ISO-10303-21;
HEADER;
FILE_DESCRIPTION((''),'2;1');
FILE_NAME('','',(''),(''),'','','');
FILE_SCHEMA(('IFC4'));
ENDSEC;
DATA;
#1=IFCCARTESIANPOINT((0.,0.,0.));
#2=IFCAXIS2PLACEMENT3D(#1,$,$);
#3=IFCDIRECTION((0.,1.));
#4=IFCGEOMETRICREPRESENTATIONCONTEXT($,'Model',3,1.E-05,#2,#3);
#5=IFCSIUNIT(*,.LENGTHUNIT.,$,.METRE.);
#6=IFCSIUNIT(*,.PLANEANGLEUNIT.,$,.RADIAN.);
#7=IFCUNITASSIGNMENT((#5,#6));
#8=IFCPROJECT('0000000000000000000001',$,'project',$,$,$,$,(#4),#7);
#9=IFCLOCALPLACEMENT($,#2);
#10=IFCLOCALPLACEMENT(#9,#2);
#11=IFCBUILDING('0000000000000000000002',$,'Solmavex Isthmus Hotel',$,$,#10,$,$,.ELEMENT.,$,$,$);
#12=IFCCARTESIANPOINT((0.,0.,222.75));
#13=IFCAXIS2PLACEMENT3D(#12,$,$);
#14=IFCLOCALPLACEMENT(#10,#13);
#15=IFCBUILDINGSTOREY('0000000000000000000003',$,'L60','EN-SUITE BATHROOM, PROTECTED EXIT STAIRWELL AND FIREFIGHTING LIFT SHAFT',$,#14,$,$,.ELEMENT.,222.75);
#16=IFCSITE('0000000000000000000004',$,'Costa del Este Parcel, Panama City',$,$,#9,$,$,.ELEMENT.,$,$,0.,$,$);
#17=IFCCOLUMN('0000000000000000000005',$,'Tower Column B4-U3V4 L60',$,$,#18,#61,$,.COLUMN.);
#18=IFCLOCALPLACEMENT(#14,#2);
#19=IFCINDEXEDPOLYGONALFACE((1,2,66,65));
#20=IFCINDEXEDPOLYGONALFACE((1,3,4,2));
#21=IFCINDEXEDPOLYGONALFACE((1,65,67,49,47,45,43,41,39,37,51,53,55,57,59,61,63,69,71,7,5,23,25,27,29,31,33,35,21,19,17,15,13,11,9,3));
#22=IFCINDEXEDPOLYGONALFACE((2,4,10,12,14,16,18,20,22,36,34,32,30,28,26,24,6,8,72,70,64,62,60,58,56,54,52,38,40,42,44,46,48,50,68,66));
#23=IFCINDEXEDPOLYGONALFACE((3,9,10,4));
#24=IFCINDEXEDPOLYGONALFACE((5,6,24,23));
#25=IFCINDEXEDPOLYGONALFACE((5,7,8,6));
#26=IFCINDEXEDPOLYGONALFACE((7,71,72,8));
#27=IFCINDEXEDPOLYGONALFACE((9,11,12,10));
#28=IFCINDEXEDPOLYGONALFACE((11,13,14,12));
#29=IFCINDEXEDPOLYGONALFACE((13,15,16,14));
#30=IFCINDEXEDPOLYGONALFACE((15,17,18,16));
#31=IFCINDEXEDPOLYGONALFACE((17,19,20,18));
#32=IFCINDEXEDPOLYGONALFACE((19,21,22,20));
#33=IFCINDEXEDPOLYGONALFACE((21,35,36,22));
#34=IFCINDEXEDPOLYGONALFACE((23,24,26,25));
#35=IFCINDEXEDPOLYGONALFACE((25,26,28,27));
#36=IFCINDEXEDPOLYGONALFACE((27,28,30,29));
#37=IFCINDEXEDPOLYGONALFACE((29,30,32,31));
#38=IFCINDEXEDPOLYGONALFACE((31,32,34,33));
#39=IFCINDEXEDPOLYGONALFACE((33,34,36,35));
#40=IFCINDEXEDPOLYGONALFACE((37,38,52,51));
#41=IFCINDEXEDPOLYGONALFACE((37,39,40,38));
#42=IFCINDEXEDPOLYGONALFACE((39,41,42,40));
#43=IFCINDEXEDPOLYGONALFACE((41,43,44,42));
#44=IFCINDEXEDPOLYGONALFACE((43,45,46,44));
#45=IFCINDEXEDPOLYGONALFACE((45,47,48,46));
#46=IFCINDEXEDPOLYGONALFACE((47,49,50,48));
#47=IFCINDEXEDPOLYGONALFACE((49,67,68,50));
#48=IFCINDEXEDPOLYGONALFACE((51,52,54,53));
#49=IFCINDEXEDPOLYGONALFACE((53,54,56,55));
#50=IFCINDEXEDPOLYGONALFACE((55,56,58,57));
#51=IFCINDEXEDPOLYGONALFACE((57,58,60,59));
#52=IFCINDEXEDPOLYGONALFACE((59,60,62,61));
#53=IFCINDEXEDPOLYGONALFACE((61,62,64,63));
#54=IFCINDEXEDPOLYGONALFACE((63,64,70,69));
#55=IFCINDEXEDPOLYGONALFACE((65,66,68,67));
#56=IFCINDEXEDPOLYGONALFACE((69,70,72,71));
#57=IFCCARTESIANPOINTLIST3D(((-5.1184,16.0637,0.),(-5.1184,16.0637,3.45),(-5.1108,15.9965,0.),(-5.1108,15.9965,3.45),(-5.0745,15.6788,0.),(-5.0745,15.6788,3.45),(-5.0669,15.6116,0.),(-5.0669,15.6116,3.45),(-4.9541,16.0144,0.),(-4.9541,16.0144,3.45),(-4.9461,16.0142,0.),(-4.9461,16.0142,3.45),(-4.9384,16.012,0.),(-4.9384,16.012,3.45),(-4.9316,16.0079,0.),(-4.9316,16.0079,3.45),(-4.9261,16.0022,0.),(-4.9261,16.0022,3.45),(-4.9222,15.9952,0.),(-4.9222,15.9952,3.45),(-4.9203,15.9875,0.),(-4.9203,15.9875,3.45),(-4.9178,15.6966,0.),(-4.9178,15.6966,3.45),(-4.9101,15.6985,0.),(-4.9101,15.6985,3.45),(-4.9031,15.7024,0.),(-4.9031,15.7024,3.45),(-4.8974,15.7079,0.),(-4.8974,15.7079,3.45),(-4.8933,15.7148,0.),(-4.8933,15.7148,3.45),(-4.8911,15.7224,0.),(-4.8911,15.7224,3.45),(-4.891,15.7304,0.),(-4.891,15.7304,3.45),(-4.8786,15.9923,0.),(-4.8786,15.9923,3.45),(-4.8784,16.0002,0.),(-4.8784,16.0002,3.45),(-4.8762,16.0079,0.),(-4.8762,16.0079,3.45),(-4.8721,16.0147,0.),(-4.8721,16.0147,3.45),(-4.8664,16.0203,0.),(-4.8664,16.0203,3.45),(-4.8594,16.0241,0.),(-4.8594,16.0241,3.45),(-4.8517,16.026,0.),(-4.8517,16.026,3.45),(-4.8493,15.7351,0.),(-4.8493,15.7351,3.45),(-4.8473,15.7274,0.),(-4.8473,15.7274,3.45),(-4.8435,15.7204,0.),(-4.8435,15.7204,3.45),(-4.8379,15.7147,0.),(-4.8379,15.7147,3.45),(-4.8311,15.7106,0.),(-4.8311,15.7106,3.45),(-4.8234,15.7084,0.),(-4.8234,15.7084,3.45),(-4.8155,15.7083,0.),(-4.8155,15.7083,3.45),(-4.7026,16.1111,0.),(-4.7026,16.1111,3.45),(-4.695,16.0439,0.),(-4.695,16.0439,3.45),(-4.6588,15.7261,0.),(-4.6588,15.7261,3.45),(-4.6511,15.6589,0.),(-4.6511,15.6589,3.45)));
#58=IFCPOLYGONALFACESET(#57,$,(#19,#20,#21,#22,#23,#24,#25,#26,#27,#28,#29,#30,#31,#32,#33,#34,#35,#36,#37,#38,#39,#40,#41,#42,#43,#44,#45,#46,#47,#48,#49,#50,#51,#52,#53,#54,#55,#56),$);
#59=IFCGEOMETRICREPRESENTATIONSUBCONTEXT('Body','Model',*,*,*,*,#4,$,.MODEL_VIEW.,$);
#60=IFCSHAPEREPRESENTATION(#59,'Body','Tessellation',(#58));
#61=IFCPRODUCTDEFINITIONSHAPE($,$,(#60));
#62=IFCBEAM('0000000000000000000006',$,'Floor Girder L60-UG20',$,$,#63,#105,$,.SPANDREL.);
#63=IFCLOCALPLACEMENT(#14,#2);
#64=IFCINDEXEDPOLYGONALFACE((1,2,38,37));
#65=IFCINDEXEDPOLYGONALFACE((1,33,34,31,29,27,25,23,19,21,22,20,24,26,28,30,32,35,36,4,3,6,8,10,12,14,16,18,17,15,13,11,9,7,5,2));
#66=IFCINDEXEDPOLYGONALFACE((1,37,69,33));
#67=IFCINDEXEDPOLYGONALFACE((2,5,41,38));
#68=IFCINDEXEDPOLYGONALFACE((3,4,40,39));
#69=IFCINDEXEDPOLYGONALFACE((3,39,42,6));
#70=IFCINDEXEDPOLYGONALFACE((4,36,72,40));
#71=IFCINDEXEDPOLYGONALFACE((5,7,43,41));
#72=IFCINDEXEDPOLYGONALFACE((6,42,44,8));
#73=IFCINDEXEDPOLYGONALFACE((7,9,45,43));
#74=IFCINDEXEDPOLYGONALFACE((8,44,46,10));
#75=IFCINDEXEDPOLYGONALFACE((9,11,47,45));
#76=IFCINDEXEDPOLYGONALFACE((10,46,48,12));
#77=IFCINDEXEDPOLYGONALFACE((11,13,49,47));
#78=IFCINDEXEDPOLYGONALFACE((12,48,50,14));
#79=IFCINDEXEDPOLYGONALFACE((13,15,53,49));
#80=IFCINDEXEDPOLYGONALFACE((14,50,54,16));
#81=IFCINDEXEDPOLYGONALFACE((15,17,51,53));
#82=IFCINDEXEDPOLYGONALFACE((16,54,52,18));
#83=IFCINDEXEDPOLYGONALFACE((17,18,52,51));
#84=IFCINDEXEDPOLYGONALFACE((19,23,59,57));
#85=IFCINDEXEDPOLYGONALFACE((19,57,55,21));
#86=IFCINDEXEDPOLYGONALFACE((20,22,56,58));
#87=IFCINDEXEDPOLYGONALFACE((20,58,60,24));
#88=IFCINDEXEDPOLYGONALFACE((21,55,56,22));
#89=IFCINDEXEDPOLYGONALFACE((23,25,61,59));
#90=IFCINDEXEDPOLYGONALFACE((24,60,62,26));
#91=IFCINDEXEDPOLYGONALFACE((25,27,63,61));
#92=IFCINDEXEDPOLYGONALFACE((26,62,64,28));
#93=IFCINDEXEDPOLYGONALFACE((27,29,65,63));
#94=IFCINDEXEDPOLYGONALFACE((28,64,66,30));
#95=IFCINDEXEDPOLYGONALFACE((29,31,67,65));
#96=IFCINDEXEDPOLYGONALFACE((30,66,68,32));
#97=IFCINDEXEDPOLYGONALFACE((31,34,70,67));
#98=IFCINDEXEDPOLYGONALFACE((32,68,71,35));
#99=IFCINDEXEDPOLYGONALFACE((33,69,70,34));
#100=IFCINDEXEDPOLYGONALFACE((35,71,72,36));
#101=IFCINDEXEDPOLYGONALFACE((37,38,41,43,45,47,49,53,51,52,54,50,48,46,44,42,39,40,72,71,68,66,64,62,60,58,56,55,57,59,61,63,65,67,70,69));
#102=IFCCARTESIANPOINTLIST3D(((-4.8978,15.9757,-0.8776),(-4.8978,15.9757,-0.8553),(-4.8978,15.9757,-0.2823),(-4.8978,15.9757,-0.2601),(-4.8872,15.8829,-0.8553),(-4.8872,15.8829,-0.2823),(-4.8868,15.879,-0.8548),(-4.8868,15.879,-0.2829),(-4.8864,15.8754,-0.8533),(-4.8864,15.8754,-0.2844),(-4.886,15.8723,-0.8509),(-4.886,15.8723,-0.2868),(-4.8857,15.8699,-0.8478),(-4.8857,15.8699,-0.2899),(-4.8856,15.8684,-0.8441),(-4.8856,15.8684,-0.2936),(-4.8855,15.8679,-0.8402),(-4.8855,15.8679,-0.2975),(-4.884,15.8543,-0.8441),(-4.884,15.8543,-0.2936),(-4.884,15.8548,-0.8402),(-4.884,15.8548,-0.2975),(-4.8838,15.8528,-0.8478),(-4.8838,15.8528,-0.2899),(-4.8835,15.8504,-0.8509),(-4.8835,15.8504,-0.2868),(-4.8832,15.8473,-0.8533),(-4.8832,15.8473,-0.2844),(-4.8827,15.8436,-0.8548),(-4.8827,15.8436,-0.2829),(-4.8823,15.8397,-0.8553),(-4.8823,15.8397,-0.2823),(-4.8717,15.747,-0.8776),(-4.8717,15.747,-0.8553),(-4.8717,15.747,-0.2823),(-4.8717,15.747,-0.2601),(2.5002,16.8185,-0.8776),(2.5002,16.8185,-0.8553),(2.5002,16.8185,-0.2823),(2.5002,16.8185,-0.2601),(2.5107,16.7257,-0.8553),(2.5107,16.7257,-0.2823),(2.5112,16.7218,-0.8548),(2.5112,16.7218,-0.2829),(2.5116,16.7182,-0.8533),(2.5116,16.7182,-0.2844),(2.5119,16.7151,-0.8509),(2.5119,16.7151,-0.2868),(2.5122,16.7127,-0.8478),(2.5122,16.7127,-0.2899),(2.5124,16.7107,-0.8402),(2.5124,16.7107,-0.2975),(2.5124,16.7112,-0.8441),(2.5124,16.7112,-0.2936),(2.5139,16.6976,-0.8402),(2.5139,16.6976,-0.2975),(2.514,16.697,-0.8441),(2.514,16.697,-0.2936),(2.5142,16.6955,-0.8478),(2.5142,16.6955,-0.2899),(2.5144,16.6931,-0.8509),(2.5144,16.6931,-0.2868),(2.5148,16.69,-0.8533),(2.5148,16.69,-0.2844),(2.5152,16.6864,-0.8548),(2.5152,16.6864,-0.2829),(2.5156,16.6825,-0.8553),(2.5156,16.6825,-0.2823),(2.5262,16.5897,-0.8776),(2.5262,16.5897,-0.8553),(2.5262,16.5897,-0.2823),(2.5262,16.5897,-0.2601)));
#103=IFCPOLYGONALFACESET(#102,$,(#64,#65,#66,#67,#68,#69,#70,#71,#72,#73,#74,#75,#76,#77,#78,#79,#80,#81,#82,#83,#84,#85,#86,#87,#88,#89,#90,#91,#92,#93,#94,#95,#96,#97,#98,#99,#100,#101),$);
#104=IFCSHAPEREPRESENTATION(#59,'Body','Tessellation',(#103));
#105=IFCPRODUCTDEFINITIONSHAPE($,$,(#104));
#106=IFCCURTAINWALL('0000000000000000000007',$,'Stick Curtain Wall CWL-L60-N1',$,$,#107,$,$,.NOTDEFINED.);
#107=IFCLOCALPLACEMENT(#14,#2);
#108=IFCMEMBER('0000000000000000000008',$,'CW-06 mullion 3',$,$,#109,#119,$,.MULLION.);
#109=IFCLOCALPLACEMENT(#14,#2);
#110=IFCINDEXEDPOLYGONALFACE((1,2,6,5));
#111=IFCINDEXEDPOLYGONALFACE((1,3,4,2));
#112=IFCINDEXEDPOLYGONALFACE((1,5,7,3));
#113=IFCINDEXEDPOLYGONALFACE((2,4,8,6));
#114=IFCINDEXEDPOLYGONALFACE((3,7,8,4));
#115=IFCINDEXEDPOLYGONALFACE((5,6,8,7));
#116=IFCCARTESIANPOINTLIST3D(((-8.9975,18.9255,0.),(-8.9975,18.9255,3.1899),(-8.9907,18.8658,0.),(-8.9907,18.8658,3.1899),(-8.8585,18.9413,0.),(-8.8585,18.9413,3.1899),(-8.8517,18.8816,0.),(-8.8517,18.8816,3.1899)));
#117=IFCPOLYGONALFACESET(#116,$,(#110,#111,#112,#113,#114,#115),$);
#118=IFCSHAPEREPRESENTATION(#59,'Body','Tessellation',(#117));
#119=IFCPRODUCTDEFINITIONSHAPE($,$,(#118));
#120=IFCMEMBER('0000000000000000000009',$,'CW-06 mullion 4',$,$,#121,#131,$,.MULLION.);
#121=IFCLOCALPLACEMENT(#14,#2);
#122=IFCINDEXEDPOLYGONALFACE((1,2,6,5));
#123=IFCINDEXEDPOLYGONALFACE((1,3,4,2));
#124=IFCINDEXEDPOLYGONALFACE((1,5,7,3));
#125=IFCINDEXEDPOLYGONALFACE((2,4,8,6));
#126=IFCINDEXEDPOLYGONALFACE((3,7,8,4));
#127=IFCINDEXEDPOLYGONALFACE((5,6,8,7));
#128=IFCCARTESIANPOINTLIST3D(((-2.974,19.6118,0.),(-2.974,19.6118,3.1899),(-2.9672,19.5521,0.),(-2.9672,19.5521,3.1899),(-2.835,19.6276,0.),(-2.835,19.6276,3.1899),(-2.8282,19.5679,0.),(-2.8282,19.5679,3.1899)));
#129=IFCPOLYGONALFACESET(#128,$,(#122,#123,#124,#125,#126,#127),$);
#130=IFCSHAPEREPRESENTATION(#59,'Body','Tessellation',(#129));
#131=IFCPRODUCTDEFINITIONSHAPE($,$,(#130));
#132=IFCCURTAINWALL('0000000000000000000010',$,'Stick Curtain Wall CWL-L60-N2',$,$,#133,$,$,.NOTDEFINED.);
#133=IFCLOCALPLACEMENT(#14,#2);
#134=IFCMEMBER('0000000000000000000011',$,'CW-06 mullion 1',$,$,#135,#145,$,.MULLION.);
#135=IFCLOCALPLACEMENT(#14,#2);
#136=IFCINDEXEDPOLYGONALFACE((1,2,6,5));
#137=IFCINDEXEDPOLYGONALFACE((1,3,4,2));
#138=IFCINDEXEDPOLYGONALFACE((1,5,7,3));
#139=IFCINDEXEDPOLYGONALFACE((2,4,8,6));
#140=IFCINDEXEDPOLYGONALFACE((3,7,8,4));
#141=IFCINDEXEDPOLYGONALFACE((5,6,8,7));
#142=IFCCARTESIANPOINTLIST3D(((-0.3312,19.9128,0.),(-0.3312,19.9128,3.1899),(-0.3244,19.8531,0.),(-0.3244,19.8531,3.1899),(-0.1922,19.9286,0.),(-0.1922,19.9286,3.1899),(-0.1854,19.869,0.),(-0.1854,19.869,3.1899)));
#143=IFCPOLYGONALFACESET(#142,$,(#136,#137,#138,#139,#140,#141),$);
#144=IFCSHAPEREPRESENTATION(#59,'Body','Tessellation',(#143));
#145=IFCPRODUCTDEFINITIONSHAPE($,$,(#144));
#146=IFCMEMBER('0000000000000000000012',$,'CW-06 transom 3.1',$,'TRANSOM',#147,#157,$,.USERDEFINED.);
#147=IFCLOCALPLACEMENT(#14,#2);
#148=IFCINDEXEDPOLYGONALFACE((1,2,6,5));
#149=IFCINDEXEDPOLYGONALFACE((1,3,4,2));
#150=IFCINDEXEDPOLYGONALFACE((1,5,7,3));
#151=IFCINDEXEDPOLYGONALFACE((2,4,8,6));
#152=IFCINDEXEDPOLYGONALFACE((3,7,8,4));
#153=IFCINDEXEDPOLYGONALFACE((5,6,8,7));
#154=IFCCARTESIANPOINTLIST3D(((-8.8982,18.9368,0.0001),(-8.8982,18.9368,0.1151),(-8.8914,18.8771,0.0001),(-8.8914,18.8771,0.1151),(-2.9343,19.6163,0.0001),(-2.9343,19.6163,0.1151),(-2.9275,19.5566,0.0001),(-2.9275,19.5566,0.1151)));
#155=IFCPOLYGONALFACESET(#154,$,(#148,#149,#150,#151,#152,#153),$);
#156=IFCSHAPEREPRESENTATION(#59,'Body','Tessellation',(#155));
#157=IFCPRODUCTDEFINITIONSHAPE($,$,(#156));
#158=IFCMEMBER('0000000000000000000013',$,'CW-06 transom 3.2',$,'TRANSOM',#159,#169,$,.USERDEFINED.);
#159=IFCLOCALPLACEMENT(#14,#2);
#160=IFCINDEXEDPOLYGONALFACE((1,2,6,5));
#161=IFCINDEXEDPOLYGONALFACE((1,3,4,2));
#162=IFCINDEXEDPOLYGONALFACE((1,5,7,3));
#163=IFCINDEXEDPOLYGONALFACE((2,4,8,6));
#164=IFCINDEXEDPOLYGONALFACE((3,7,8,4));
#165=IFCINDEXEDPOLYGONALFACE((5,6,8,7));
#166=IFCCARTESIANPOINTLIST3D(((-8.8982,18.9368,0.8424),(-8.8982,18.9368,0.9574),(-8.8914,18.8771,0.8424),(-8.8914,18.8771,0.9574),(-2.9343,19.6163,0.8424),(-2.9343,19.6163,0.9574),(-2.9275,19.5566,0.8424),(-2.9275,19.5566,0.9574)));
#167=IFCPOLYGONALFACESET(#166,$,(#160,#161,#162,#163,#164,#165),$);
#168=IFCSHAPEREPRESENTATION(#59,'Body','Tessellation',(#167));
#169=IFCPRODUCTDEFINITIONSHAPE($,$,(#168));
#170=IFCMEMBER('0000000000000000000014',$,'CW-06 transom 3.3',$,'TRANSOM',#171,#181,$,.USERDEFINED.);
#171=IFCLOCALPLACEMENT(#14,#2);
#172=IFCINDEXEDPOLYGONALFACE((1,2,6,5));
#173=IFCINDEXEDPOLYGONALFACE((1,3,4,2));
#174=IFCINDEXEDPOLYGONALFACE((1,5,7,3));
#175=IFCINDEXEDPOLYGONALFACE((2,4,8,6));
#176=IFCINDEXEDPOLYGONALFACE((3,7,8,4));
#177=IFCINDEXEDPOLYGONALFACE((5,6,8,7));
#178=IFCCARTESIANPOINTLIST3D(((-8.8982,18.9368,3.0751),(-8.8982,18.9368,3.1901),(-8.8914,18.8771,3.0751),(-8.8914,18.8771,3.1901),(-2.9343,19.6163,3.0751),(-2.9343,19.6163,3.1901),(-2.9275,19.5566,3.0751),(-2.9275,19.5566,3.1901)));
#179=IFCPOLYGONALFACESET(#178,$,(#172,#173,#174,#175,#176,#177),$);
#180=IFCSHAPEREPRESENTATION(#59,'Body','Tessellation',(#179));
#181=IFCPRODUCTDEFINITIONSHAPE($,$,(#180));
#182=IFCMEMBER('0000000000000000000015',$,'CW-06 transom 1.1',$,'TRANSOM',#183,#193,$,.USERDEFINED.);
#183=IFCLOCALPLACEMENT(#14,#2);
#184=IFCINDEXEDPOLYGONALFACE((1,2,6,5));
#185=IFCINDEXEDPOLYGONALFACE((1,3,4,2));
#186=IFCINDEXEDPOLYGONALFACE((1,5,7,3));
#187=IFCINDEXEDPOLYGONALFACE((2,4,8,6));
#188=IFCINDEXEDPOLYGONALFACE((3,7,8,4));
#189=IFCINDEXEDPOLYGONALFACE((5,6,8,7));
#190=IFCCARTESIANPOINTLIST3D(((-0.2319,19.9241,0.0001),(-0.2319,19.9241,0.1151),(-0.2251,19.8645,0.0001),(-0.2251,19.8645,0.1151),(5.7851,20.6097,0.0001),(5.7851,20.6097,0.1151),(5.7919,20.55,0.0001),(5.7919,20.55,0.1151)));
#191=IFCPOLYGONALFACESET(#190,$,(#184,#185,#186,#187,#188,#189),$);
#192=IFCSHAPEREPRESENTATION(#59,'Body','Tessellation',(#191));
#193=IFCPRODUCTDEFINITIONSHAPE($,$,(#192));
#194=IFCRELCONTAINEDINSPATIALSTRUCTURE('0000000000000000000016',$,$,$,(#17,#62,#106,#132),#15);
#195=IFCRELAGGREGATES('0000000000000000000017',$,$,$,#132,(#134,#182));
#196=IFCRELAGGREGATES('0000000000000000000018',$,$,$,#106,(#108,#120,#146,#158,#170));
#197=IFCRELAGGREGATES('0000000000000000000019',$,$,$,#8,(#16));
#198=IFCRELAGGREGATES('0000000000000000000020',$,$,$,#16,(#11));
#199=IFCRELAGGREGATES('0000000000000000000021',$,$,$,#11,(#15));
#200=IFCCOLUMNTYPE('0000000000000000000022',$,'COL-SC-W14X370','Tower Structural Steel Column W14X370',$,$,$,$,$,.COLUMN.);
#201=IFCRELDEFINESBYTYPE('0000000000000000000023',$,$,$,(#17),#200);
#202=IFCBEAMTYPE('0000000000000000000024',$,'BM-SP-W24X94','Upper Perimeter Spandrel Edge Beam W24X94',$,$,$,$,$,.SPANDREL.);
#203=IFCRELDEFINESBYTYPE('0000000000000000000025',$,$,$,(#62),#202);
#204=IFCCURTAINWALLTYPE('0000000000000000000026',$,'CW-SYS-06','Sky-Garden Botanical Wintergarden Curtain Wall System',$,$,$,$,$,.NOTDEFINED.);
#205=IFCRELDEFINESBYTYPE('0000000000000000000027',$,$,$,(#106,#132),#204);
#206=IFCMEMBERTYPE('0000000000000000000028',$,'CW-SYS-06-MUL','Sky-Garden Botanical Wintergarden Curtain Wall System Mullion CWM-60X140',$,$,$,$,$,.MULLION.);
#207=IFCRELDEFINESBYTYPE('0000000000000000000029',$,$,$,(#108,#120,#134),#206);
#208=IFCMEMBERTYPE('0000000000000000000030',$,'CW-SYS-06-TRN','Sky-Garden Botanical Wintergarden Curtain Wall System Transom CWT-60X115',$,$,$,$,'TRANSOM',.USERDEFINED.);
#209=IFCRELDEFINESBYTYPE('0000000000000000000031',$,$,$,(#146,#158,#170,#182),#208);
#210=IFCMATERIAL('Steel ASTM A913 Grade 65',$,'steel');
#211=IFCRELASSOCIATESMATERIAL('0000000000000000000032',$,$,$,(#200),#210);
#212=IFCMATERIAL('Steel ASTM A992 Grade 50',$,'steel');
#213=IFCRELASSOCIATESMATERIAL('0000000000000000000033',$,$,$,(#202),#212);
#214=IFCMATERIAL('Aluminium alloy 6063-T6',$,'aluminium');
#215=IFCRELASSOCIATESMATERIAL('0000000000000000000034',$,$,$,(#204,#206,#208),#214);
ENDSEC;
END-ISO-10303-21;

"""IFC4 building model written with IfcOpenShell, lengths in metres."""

from ifc_helpers import new_model, si_unit, direction, frame, origin, origin_2d, place, context, subcontext, project, spatial, rectangle, i_section, extrude, material, material_profile, profile_set, type_object, element, aggregate, save


model = new_model("IFC4")

# Units and contexts
model_context = context("Model", 3, precision=1e-05, world=origin(), true_north=direction((0.0, 1.0)))
body_context = subcontext(model_context, "Body", "Model", "MODEL_VIEW")
ifc_project = project(units=[si_unit("LENGTHUNIT", "METRE"), si_unit("PLANEANGLEUNIT", "RADIAN")], contexts=[model_context])

# Site, building, storey
site_placement = place(None, origin())
site = spatial("IfcSite", under=ifc_project, at=site_placement, Name="Costa del Este Parcel, Panama City", CompositionType="ELEMENT", RefElevation=0.0)
building_placement = place(site_placement, origin())
building = spatial("IfcBuilding", under=site, at=building_placement, Name="Solmavex Isthmus Hotel", CompositionType="ELEMENT")
storey_placement = place(building_placement, frame((0.0, 0.0, 222.75)))
storey = spatial("IfcBuildingStorey", under=building, at=storey_placement, Name="L60", Description="EN-SUITE BATHROOM, PROTECTED EXIT STAIRWELL AND FIREFIGHTING LIFT SHAFT", CompositionType="ELEMENT", Elevation=222.75)

# Column
ifc_material_1 = material(Name="Steel ASTM A913 Grade 65", Category="steel")
ifc_material_profile_1 = material_profile(ifc_material_1, i_section(OverallWidth=0.4185, OverallDepth=0.4551, WebThickness=0.042, FlangeThickness=0.0676, FilletRadius=0.0305, at=origin_2d()), Name="W14X370")
ifc_profile_set_1 = profile_set([ifc_material_profile_1], Name="Steel ASTM A913 Grade 65")
column_type = type_object("IfcColumnType", Name="COL-SC-W14X370", Description="Tower Structural Steel Column W14X370", PredefinedType="COLUMN", material=ifc_profile_set_1)
column_placement = place(storey_placement, frame((-4.8848, 15.8613, 0.0), z_axis=(0.0, 0.0, 1.0), x_axis=(0.993572, 0.113203, 0.0)))
element("IfcColumn", 1, at=column_placement, inside=storey, type_object=column_type, Name="Tower Column B4-U3V4 L60", PredefinedType="COLUMN", context=body_context, shape_type="SweptSolid", body=[
    extrude(i_section(OverallWidth=0.4185, OverallDepth=0.4551, WebThickness=0.042, FlangeThickness=0.0676, FilletRadius=0.0305, at=origin_2d()), origin(), (0.0, 0.0, 1.0), 3.45),
])

# Beam
ifc_material_2 = material(Name="Steel ASTM A992 Grade 50", Category="steel")
ifc_material_profile_2 = material_profile(ifc_material_2, i_section(OverallWidth=0.2302, OverallDepth=0.6174, WebThickness=0.0132, FlangeThickness=0.0222, FilletRadius=0.0151, at=origin_2d()), Name="W24X94")
ifc_profile_set_2 = profile_set([ifc_material_profile_2], Name="Steel ASTM A992 Grade 50")
beam_type = type_object("IfcBeamType", Name="BM-SP-W24X94", Description="Upper Perimeter Spandrel Edge Beam W24X94", PredefinedType="SPANDREL", material=ifc_profile_set_2)
beam_placement = place(storey_placement, frame((-4.8848, 15.8613, -0.5688), z_axis=(0.993574, 0.113188, 0.0), x_axis=(-0.113188, 0.993574, 0.0)))
element("IfcBeam", 2, at=beam_placement, inside=storey, type_object=beam_type, Name="Floor Girder L60-UG20", PredefinedType="SPANDREL", context=body_context, shape_type="SweptSolid", body=[
    extrude(i_section(OverallWidth=0.2302, OverallDepth=0.6174, WebThickness=0.0132, FlangeThickness=0.0222, FilletRadius=0.0151, at=origin_2d()), origin(), (0.0, 0.0, 1.0), 7.4458),
])

# Curtain wall, members
ifc_material_3 = material(Name="Aluminium alloy 6063-T6", Category="aluminium")
curtain_wall_type = type_object("IfcCurtainWallType", Name="CW-SYS-06", Description="Sky-Garden Botanical Wintergarden Curtain Wall System", PredefinedType="NOTDEFINED", material=ifc_material_3)
curtain_wall_1_placement = place(storey_placement, origin())
curtain_wall_1 = element("IfcCurtainWall", 3, at=curtain_wall_1_placement, inside=storey, type_object=curtain_wall_type, Name="Stick Curtain Wall CWL-L60-N1", PredefinedType="NOTDEFINED")
ifc_material_profile_3 = material_profile(ifc_material_3, rectangle(XDim=0.0601, YDim=0.1399, at=origin_2d()), Name="CWM-60X140")
ifc_profile_set_3 = profile_set([ifc_material_profile_3], Name="Aluminium alloy 6063-T6")
member_type_1 = type_object("IfcMemberType", Name="CW-SYS-06-MUL", Description="Sky-Garden Botanical Wintergarden Curtain Wall System Mullion CWM-60X140", PredefinedType="MULLION", material=ifc_profile_set_3)
member_1_placement = place(storey_placement, frame((-8.9246, 18.9036, 0.0), z_axis=(0.0, 0.0, 1.0), x_axis=(-0.113203, 0.993572, 0.0)))
member_1 = element("IfcMember", 4, at=member_1_placement, type_object=member_type_1, Name="CW-06 mullion 3", PredefinedType="MULLION", context=body_context, shape_type="SweptSolid", body=[
    extrude(rectangle(XDim=0.0601, YDim=0.1399, at=origin_2d()), origin(), (0.0, 0.0, 1.0), 3.1899),
])
member_2_placement = place(storey_placement, frame((-2.9011, 19.5898, 0.0), z_axis=(0.0, 0.0, 1.0), x_axis=(-0.113203, 0.993572, 0.0)))
member_2 = element("IfcMember", 5, at=member_2_placement, type_object=member_type_1, Name="CW-06 mullion 4", PredefinedType="MULLION", context=body_context, shape_type="SweptSolid", body=[
    extrude(rectangle(XDim=0.0601, YDim=0.1399, at=origin_2d()), origin(), (0.0, 0.0, 1.0), 3.1899),
])

# Curtain wall, member
curtain_wall_2_placement = place(storey_placement, origin())
curtain_wall_2 = element("IfcCurtainWall", 6, at=curtain_wall_2_placement, inside=storey, type_object=curtain_wall_type, Name="Stick Curtain Wall CWL-L60-N2", PredefinedType="NOTDEFINED")
member_3_placement = place(storey_placement, frame((-0.2583, 19.8909, 0.0), z_axis=(0.0, 0.0, 1.0), x_axis=(-0.113203, 0.993572, 0.0)))
member_3 = element("IfcMember", 7, at=member_3_placement, type_object=member_type_1, Name="CW-06 mullion 1", PredefinedType="MULLION", context=body_context, shape_type="SweptSolid", body=[
    extrude(rectangle(XDim=0.0601, YDim=0.1399, at=origin_2d()), origin(), (0.0, 0.0, 1.0), 3.1899),
])

# Members
ifc_material_profile_4 = material_profile(ifc_material_3, rectangle(XDim=0.0601, YDim=0.115, at=origin_2d()), Name="CWT-60X115")
ifc_profile_set_4 = profile_set([ifc_material_profile_4], Name="Aluminium alloy 6063-T6")
member_type_2 = type_object("IfcMemberType", Name="CW-SYS-06-TRN", Description="Sky-Garden Botanical Wintergarden Curtain Wall System Transom CWT-60X115", ElementType="TRANSOM", PredefinedType="USERDEFINED", material=ifc_profile_set_4)
member_4_placement = place(storey_placement, frame((-8.8948, 18.907, 0.0576), z_axis=(0.993573, 0.113194, 0.0), x_axis=(-0.113194, 0.993573, 0.0)))
member_4 = element("IfcMember", 8, at=member_4_placement, type_object=member_type_2, Name="CW-06 transom 3.1", ObjectType="TRANSOM", PredefinedType="USERDEFINED", context=body_context, shape_type="SweptSolid", body=[
    extrude(rectangle(XDim=0.0601, YDim=0.115, at=origin_2d()), origin(), (0.0, 0.0, 1.0), 6.0024),
])
member_5_placement = place(storey_placement, frame((-8.8948, 18.907, 0.8999), z_axis=(0.993573, 0.113194, 0.0), x_axis=(-0.113194, 0.993573, 0.0)))
member_5 = element("IfcMember", 9, at=member_5_placement, type_object=member_type_2, Name="CW-06 transom 3.2", ObjectType="TRANSOM", PredefinedType="USERDEFINED", context=body_context, shape_type="SweptSolid", body=[
    extrude(rectangle(XDim=0.0601, YDim=0.115, at=origin_2d()), origin(), (0.0, 0.0, 1.0), 6.0024),
])
member_6_placement = place(storey_placement, frame((-8.8948, 18.907, 3.1326), z_axis=(0.993573, 0.113194, 0.0), x_axis=(-0.113194, 0.993573, 0.0)))
member_6 = element("IfcMember", 10, at=member_6_placement, type_object=member_type_2, Name="CW-06 transom 3.3", ObjectType="TRANSOM", PredefinedType="USERDEFINED", context=body_context, shape_type="SweptSolid", body=[
    extrude(rectangle(XDim=0.0601, YDim=0.115, at=origin_2d()), origin(), (0.0, 0.0, 1.0), 6.0024),
])
member_7_placement = place(storey_placement, frame((-0.2285, 19.8943, 0.0576), z_axis=(0.993572, 0.113201, 0.0), x_axis=(-0.113201, 0.993572, 0.0)))
member_7 = element("IfcMember", 11, at=member_7_placement, type_object=member_type_2, Name="CW-06 transom 1.1", ObjectType="TRANSOM", PredefinedType="USERDEFINED", context=body_context, shape_type="SweptSolid", body=[
    extrude(rectangle(XDim=0.0601, YDim=0.115, at=origin_2d()), origin(), (0.0, 0.0, 1.0), 6.0559),
])
aggregate(curtain_wall_2, [member_3, member_7])

aggregate(curtain_wall_1, [member_1, member_2, member_4, member_5, member_6])

save(model, "model.ifc")
